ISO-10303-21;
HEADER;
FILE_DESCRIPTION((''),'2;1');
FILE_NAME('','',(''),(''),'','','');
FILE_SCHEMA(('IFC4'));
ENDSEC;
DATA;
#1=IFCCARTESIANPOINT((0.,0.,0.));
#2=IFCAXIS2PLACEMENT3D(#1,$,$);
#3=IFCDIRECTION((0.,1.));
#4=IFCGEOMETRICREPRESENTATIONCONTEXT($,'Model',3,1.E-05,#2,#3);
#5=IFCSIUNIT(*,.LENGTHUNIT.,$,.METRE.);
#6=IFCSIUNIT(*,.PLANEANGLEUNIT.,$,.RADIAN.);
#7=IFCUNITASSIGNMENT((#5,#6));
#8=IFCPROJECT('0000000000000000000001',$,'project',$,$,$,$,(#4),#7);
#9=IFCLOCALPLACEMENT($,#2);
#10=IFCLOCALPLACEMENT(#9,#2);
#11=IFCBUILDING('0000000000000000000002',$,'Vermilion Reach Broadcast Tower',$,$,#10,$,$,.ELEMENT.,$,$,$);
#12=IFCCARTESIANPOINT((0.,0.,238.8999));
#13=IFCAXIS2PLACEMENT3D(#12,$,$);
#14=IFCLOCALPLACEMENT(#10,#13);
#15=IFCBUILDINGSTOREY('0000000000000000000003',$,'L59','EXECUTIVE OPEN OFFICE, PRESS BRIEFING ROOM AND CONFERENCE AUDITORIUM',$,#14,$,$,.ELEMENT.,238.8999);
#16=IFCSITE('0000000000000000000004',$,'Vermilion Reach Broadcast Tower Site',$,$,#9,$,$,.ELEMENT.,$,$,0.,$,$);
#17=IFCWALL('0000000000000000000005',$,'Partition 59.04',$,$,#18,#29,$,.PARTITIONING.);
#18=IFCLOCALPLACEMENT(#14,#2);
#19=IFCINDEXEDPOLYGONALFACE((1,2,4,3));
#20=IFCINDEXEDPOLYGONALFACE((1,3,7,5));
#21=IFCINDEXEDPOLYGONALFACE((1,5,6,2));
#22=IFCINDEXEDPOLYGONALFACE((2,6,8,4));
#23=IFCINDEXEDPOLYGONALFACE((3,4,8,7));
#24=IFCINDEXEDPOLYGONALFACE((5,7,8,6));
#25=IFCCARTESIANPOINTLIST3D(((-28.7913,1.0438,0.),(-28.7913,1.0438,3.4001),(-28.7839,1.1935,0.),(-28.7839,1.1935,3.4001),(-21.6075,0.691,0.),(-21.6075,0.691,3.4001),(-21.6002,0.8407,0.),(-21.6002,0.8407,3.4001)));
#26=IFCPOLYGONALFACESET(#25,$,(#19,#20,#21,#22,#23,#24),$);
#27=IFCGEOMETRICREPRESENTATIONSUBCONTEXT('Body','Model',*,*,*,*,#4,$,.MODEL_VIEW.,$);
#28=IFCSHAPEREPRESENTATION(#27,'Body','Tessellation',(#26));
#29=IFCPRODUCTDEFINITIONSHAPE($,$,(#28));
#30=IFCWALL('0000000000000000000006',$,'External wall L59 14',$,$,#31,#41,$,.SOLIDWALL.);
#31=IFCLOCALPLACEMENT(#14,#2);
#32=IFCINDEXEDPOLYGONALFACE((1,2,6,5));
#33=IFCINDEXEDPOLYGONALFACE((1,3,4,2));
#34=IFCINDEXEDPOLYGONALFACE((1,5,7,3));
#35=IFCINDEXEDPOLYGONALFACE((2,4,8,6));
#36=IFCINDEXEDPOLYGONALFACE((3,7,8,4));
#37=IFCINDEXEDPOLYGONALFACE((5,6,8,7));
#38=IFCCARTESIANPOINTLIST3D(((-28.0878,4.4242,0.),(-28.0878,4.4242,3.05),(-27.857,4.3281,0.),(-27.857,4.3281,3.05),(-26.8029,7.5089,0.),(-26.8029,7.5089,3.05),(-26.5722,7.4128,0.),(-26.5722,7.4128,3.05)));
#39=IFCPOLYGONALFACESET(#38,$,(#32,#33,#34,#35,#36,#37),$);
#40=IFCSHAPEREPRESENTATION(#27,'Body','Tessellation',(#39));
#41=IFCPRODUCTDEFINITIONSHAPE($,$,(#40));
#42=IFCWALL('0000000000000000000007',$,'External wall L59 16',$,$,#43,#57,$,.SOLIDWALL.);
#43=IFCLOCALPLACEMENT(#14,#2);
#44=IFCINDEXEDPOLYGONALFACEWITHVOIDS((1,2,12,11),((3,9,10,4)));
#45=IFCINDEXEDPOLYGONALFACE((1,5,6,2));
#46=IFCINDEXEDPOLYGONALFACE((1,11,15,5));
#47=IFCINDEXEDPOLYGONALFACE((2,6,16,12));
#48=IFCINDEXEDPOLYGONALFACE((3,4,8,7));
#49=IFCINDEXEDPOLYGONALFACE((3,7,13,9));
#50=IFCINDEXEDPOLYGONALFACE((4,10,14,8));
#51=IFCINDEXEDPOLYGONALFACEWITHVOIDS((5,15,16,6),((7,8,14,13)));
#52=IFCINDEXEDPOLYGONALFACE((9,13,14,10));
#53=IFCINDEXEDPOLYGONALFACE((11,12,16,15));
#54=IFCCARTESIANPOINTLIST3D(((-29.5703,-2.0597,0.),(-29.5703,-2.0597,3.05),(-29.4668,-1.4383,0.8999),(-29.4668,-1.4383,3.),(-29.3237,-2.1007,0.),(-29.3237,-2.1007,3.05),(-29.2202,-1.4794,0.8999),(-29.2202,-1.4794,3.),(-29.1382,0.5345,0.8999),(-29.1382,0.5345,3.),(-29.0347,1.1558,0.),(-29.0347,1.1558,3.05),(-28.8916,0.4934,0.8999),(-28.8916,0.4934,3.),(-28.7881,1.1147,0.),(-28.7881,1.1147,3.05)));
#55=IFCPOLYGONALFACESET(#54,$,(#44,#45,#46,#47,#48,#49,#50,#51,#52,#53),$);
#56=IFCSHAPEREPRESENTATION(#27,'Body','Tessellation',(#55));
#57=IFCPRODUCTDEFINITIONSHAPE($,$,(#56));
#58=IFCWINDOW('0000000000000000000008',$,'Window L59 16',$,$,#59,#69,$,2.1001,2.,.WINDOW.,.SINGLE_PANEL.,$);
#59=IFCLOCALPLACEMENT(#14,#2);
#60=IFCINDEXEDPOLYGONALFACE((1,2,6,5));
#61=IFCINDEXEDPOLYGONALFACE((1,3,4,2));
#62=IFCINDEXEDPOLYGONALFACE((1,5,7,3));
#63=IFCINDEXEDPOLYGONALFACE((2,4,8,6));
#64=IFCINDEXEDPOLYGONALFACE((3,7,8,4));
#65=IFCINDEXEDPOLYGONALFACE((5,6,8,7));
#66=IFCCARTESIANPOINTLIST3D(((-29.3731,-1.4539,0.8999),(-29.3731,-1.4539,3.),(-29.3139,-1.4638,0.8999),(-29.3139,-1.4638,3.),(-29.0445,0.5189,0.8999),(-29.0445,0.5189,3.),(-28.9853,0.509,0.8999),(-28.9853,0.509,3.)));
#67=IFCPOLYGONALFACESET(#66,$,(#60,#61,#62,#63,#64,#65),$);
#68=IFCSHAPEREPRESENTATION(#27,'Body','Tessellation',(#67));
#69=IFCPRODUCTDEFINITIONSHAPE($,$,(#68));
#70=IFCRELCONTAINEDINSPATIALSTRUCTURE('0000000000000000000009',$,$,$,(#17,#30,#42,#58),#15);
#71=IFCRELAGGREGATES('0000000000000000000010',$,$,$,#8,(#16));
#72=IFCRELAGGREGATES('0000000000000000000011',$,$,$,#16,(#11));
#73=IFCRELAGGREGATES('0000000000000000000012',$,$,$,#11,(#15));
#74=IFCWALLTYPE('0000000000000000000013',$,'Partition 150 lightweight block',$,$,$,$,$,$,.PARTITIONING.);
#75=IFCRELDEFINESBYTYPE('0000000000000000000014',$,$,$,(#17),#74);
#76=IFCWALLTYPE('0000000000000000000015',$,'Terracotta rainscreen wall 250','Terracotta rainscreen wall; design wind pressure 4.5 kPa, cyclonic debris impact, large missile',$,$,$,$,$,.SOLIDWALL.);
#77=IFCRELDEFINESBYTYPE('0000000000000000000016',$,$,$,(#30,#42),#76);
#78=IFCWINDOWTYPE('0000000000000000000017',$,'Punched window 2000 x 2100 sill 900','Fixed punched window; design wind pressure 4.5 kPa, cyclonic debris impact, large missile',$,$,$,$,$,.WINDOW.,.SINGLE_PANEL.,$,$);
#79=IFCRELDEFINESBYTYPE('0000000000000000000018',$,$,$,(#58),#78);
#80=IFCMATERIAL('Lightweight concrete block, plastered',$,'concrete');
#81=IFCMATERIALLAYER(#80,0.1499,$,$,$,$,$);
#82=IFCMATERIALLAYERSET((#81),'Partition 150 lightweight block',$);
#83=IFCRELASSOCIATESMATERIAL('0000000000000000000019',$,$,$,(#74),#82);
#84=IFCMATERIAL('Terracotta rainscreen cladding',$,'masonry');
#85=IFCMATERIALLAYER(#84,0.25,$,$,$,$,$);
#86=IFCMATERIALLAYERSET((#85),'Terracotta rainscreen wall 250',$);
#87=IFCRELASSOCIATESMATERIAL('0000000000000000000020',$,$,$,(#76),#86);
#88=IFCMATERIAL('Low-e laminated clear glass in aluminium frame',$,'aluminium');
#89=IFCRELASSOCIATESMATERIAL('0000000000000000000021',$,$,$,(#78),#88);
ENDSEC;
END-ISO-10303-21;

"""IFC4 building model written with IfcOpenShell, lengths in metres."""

from ifc_helpers import new_model, si_unit, direction, frame, frame_2d, origin, place, context, subcontext, project, spatial, rectangle, extrude, material, layer, layer_set, type_object, element, fill, save


model = new_model("IFC4")

# Units and contexts
model_context = context("Model", 3, precision=1e-05, world=origin(), true_north=direction((0.0, 1.0)))
body_context = subcontext(model_context, "Body", "Model", "MODEL_VIEW")
ifc_project = project(units=[si_unit("LENGTHUNIT", "METRE"), si_unit("PLANEANGLEUNIT", "RADIAN")], contexts=[model_context])

# Site, building, storey
site_placement = place(None, origin())
site = spatial("IfcSite", under=ifc_project, at=site_placement, Name="Vermilion Reach Broadcast Tower Site", CompositionType="ELEMENT", RefElevation=0.0)
building_placement = place(site_placement, origin())
building = spatial("IfcBuilding", under=site, at=building_placement, Name="Vermilion Reach Broadcast Tower", CompositionType="ELEMENT")
storey_placement = place(building_placement, frame((0.0, 0.0, 238.8999)))
storey = spatial("IfcBuildingStorey", under=building, at=storey_placement, Name="L59", Description="EXECUTIVE OPEN OFFICE, PRESS BRIEFING ROOM AND CONFERENCE AUDITORIUM", CompositionType="ELEMENT", Elevation=238.8999)

# Walls
ifc_material_1 = material(Name="Lightweight concrete block, plastered", Category="concrete")
ifc_layer_1 = layer(ifc_material_1, 0.1499)
ifc_layer_set_1 = layer_set([ifc_layer_1], Name="Partition 150 lightweight block")
wall_type_1 = type_object("IfcWallType", Name="Partition 150 lightweight block", PredefinedType="PARTITIONING", material=ifc_layer_set_1)
wall_1_placement = place(storey_placement, frame((-28.7876, 1.1187, 0.0), z_axis=(0.0, 0.0, 1.0), x_axis=(0.998796, -0.049049, 0.0)))
element("IfcWall", 1, at=wall_1_placement, inside=storey, type_object=wall_type_1, Name="Partition 59.04", PredefinedType="PARTITIONING", context=body_context, shape_type="SweptSolid", body=[
    extrude(rectangle(XDim=7.1924, YDim=0.1499, at=frame_2d((3.5962, 0.0))), origin(), (0.0, 0.0, 1.0), 3.4001),
])
ifc_material_2 = material(Name="Terracotta rainscreen cladding", Category="masonry")
ifc_layer_2 = layer(ifc_material_2, 0.25)
ifc_layer_set_2 = layer_set([ifc_layer_2], Name="Terracotta rainscreen wall 250")
wall_type_2 = type_object("IfcWallType", Name="Terracotta rainscreen wall 250", Description="Terracotta rainscreen wall; design wind pressure 4.5 kPa, cyclonic debris impact, large missile", PredefinedType="SOLIDWALL", material=ifc_layer_set_2)
wall_2_placement = place(storey_placement, frame((-26.6875, 7.4609, 0.0), z_axis=(0.0, 0.0, 1.0), x_axis=(-0.384517, -0.923118, 0.0)))
element("IfcWall", 2, at=wall_2_placement, inside=storey, type_object=wall_type_2, Name="External wall L59 14", PredefinedType="SOLIDWALL", context=body_context, shape_type="SweptSolid", body=[
    extrude(rectangle(XDim=3.3416, YDim=0.25, at=frame_2d((1.6709, 0.0))), origin(), (0.0, 0.0, 1.0), 3.05),
])

# Wall, opening, window
wall_3_placement = place(storey_placement, frame((-28.9114, 1.1353, 0.0), z_axis=(0.0, 0.0, 1.0), x_axis=(-0.164314, -0.986408, 0.0)))
wall_3 = element("IfcWall", 3, at=wall_3_placement, inside=storey, type_object=wall_type_2, Name="External wall L59 16", PredefinedType="SOLIDWALL", context=body_context, shape_type="SweptSolid", body=[
    extrude(rectangle(XDim=3.2598, YDim=0.25, at=frame_2d((1.6299, 0.0))), origin(), (0.0, 0.0, 1.0), 3.05),
])
opening_1_placement = place(wall_3_placement, frame((0.6299, 0.0, 0.8999)))
opening_1 = element("IfcOpeningElement", 4, at=opening_1_placement, cuts=wall_3, PredefinedType="OPENING", context=body_context, shape_type="SweptSolid", body=[
    extrude(rectangle(XDim=2.0, YDim=2.1001, at=frame_2d((1.0, 1.05))), frame((0.0, 0.135, 0.0), z_axis=(0.0, -1.0, 0.0), x_axis=(1.0, 0.0, 0.0)), (0.0, 0.0, 1.0), 0.27),
])
ifc_material_3 = material(Name="Low-e laminated clear glass in aluminium frame", Category="aluminium")
window_type = type_object("IfcWindowType", Name="Punched window 2000 x 2100 sill 900", Description="Fixed punched window; design wind pressure 4.5 kPa, cyclonic debris impact, large missile", PartitioningType="SINGLE_PANEL", PredefinedType="WINDOW", material=ifc_material_3)
window_placement = place(opening_1_placement, origin())
window = element("IfcWindow", 5, at=window_placement, inside=storey, type_object=window_type, Name="Window L59 16", OverallHeight=2.1001, OverallWidth=2.0, PartitioningType="SINGLE_PANEL", PredefinedType="WINDOW", context=body_context, shape_type="SweptSolid", body=[
    extrude(rectangle(XDim=2.0, YDim=2.1001, at=frame_2d((1.0, 1.05))), frame((0.0, 0.03, 0.0), z_axis=(0.0, -1.0, 0.0), x_axis=(1.0, 0.0, 0.0)), (0.0, 0.0, 1.0), 0.0601),
])
fill(opening_1, window)

save(model, "model.ifc")
